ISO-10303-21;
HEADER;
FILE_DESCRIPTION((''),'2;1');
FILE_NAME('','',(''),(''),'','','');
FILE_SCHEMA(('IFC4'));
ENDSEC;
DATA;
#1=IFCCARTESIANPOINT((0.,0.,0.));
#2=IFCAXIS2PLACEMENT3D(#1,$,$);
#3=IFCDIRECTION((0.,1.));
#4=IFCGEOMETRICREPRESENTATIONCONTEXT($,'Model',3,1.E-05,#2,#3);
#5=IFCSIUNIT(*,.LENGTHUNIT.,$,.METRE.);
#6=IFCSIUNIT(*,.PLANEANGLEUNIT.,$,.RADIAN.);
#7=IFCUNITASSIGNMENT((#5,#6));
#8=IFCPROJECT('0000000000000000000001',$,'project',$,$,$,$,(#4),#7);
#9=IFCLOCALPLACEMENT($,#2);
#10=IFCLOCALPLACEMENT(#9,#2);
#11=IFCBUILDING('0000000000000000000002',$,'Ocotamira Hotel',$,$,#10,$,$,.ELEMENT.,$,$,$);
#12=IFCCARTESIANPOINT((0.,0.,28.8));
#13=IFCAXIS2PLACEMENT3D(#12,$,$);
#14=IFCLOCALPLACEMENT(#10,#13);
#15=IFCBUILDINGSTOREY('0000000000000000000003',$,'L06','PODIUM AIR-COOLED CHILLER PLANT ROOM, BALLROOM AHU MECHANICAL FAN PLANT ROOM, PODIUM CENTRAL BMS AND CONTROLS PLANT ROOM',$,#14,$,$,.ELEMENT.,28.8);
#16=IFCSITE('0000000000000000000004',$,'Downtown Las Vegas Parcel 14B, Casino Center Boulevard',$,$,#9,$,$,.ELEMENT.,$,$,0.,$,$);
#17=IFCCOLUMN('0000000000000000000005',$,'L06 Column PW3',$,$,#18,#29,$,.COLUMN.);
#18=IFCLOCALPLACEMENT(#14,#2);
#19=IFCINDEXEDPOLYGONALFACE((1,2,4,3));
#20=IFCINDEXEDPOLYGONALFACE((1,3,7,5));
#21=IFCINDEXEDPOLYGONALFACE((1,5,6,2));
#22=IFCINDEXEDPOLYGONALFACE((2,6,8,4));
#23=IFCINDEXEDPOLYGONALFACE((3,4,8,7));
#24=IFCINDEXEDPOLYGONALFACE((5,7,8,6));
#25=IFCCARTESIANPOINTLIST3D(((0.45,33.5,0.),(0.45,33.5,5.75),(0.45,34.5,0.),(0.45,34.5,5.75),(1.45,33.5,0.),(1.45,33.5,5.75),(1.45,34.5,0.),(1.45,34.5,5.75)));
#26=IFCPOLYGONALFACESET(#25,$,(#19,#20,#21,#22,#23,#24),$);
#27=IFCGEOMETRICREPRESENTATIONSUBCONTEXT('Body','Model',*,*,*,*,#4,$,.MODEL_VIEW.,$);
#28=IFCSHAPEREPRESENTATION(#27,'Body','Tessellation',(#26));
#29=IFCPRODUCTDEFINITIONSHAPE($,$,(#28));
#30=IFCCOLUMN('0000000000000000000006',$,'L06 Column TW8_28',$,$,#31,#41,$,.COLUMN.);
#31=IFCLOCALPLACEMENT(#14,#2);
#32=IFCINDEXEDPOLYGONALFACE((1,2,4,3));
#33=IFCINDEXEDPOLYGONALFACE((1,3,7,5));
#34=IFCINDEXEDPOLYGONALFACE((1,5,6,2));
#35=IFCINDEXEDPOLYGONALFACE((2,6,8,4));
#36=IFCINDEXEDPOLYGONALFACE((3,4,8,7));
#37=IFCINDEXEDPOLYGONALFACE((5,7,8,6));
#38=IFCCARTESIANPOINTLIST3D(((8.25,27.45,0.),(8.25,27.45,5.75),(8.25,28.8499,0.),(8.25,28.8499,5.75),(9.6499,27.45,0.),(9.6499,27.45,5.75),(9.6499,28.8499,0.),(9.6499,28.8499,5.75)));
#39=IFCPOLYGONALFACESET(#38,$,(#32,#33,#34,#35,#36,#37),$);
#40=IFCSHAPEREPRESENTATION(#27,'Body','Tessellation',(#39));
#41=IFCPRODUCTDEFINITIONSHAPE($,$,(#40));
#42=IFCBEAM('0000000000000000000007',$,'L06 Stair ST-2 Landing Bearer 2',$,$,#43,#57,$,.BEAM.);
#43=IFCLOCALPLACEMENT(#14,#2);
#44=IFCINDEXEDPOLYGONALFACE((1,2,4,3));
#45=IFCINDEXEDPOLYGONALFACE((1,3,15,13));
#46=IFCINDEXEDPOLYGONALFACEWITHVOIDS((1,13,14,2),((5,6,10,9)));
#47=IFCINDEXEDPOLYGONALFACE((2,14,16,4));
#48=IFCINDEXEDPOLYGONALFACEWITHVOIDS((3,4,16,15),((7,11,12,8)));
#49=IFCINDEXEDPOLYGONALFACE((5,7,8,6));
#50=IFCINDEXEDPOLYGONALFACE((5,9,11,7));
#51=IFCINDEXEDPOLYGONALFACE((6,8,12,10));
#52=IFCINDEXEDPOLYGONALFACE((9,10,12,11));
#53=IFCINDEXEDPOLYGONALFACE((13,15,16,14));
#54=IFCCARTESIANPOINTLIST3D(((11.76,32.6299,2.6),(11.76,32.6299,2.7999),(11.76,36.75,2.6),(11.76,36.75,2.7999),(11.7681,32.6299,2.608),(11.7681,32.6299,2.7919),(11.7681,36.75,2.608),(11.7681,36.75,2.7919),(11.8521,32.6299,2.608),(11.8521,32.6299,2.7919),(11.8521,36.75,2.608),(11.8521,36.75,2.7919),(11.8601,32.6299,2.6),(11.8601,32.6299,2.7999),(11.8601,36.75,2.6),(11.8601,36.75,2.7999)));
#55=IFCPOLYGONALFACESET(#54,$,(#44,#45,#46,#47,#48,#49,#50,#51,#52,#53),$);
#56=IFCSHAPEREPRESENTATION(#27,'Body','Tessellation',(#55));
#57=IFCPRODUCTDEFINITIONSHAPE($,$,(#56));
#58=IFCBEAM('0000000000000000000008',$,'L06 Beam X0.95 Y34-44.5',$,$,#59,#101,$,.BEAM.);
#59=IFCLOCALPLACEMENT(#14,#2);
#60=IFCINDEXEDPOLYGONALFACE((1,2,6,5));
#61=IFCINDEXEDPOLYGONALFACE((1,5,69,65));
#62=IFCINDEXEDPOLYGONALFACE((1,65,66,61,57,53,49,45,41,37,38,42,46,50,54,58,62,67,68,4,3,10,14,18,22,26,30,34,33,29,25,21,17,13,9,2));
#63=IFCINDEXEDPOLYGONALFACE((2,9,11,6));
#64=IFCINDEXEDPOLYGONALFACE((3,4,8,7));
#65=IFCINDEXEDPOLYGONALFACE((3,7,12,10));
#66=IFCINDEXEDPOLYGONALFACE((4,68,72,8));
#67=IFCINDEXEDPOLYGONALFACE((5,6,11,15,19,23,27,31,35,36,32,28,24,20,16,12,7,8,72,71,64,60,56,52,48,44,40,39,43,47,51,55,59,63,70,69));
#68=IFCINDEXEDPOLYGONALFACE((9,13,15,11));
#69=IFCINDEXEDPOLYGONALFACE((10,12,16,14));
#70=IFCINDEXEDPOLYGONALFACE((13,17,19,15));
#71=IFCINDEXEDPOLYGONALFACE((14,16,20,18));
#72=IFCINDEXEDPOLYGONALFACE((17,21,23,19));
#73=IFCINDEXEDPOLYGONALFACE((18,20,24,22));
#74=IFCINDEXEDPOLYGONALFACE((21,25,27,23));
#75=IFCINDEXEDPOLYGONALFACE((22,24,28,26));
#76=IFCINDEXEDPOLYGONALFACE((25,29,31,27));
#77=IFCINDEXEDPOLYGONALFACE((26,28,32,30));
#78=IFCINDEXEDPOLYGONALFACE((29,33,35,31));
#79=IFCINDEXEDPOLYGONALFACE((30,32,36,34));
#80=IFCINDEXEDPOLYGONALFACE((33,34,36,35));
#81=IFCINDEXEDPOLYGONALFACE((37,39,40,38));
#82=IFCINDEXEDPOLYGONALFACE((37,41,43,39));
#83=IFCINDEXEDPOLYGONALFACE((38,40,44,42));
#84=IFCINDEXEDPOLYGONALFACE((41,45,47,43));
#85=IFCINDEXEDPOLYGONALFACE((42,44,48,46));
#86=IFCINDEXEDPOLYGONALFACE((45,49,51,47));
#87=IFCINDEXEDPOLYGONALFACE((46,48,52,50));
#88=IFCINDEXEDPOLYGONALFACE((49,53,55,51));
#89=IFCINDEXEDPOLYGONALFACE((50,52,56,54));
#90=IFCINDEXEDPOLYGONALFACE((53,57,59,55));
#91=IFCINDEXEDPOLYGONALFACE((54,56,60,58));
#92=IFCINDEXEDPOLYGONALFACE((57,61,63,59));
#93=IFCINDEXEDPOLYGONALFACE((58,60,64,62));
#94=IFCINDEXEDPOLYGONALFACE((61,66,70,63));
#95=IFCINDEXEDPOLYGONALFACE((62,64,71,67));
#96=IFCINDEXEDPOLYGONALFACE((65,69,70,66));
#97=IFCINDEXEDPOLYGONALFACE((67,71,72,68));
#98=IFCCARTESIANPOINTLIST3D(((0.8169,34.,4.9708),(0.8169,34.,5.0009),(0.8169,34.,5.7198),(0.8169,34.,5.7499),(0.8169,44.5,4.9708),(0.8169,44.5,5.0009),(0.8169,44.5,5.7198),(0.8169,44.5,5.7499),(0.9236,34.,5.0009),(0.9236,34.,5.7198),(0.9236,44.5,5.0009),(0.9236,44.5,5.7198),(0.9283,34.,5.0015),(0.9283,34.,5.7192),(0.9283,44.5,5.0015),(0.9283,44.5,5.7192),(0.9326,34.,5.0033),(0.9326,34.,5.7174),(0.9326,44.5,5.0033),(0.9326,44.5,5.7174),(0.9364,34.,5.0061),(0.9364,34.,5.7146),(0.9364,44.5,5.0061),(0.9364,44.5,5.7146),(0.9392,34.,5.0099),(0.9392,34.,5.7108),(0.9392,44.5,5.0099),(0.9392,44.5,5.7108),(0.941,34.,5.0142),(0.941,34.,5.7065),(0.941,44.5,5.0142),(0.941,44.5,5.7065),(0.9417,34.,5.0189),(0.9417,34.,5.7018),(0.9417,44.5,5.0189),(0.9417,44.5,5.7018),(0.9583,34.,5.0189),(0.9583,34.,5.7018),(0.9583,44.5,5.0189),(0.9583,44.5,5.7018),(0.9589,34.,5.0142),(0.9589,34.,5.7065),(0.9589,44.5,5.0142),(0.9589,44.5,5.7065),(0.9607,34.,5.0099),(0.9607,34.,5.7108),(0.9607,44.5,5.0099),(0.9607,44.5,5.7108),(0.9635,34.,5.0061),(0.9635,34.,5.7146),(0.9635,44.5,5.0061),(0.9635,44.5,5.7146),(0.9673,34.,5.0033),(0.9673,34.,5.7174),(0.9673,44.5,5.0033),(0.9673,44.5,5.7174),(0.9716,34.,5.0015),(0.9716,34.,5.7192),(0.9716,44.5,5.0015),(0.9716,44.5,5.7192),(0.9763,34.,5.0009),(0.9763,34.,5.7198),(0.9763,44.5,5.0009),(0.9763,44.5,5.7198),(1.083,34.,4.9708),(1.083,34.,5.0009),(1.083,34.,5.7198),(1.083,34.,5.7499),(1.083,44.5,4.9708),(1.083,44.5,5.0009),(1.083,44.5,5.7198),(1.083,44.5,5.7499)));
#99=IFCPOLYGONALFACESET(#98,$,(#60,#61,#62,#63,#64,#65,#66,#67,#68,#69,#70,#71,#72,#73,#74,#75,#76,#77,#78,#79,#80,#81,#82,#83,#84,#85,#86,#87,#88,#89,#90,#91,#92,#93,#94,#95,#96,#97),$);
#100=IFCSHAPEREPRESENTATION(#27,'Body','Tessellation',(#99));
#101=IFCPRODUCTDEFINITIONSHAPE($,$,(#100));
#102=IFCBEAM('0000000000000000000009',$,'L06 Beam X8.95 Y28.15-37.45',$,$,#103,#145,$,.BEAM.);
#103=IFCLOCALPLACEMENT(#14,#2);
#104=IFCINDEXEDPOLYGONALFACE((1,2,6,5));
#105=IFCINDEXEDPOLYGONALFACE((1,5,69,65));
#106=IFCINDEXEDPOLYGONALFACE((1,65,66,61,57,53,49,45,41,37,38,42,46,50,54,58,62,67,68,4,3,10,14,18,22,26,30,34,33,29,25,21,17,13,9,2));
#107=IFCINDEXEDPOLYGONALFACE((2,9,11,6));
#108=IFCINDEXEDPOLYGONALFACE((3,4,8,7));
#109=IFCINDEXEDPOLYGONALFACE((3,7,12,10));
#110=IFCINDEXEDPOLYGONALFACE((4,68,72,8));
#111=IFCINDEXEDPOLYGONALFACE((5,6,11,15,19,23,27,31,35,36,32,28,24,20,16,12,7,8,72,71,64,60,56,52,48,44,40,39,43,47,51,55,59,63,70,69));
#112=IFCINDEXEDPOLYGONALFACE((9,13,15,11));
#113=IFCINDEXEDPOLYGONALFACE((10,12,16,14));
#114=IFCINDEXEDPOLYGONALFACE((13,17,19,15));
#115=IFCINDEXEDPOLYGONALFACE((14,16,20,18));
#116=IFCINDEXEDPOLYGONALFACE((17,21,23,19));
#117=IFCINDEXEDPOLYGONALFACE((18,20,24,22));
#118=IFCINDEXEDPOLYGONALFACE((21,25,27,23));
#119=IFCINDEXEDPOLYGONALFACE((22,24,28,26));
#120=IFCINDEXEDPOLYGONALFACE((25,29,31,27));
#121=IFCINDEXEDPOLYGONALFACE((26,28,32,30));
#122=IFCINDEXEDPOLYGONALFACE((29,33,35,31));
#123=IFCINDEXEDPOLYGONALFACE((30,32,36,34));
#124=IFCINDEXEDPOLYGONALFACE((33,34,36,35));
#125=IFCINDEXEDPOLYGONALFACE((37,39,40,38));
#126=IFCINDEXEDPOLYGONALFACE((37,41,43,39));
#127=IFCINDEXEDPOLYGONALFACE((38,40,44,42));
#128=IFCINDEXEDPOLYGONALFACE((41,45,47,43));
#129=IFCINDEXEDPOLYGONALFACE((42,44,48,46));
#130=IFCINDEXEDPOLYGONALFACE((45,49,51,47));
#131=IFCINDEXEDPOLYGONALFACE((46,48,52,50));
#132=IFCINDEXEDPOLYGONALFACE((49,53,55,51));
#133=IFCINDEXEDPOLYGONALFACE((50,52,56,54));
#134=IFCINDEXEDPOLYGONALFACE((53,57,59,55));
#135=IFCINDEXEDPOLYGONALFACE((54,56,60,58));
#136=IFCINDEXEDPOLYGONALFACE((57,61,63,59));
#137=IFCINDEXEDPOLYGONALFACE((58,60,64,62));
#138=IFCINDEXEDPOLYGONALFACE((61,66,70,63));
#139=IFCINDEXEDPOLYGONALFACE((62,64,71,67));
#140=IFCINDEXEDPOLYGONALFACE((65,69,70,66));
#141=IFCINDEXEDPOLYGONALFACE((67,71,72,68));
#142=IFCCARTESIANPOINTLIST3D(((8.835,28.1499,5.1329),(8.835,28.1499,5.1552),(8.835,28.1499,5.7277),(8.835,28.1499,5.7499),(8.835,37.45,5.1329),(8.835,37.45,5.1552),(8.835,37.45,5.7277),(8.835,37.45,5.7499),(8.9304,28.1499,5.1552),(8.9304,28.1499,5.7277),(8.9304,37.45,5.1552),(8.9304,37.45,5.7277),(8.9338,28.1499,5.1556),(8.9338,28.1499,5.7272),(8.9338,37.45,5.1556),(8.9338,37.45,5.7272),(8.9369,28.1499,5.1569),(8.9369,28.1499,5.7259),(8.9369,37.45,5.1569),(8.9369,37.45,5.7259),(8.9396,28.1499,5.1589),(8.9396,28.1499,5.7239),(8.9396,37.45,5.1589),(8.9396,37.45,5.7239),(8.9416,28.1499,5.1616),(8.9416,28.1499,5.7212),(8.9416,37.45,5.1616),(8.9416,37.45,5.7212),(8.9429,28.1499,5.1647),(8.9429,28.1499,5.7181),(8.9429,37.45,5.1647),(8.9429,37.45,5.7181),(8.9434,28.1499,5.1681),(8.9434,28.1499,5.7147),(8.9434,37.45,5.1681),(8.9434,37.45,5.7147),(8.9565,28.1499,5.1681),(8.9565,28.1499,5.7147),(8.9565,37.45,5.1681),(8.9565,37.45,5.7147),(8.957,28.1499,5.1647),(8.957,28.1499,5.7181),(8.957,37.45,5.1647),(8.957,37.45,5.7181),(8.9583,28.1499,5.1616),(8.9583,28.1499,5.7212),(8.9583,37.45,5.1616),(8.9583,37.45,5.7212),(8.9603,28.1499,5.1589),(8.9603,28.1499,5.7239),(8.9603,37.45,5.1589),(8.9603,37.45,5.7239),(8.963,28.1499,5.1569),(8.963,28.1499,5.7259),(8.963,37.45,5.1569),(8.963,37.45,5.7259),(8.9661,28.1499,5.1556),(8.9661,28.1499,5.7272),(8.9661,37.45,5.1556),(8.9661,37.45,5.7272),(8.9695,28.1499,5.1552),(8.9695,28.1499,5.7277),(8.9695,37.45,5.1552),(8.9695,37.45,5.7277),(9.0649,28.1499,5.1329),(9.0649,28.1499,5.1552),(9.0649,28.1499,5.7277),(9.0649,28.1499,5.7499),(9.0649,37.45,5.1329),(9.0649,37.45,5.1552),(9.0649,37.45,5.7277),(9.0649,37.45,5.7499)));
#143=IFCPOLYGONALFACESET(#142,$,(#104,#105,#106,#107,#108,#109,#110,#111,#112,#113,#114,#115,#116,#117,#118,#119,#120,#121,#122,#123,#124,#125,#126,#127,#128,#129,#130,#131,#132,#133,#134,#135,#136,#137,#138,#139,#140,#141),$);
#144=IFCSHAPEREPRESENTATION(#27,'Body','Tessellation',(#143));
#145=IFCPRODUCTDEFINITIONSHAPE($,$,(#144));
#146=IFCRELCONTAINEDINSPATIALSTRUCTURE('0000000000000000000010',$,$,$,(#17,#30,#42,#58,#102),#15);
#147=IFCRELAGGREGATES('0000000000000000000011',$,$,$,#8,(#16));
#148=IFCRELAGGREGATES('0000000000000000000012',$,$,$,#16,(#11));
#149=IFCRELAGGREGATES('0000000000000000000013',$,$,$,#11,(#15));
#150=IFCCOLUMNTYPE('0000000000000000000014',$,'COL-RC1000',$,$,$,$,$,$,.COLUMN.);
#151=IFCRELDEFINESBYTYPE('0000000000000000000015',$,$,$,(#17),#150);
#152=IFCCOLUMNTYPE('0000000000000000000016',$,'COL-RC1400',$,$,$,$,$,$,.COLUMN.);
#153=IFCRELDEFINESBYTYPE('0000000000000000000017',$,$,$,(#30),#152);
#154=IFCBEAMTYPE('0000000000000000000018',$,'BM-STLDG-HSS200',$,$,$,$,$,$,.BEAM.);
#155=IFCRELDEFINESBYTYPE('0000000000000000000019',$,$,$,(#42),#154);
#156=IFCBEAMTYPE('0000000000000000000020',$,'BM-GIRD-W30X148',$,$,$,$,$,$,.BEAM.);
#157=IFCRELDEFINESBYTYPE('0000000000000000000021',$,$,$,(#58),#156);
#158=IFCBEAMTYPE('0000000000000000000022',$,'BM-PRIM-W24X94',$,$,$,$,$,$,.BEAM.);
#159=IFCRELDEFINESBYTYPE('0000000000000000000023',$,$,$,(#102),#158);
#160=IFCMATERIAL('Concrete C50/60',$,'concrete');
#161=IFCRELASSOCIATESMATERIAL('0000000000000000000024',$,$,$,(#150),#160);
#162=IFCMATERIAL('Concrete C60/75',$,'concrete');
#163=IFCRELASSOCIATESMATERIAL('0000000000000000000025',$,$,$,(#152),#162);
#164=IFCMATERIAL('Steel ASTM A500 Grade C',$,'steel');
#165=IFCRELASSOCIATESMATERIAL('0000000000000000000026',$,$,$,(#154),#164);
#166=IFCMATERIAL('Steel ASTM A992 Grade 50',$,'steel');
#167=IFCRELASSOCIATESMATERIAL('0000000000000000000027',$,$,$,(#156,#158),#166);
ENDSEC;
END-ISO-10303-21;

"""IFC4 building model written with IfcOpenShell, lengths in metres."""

from ifc_helpers import new_model, si_unit, direction, frame, origin, origin_2d, place, context, subcontext, project, spatial, rectangle, hollow_rectangle, i_section, extrude, source, transform, mapped, material, material_profile, profile_set, type_object, element, save


model = new_model("IFC4")

# Units and contexts
model_context = context("Model", 3, precision=1e-05, world=origin(), true_north=direction((0.0, 1.0)))
body_context = subcontext(model_context, "Body", "Model", "MODEL_VIEW")
ifc_project = project(units=[si_unit("LENGTHUNIT", "METRE"), si_unit("PLANEANGLEUNIT", "RADIAN")], contexts=[model_context])

# Site, building, storey
site_placement = place(None, origin())
site = spatial("IfcSite", under=ifc_project, at=site_placement, Name="Downtown Las Vegas Parcel 14B, Casino Center Boulevard", CompositionType="ELEMENT", RefElevation=0.0)
building_placement = place(site_placement, origin())
building = spatial("IfcBuilding", under=site, at=building_placement, Name="Ocotamira Hotel", CompositionType="ELEMENT")
storey_placement = place(building_placement, frame((0.0, 0.0, 28.8)))
storey = spatial("IfcBuildingStorey", under=building, at=storey_placement, Name="L06", Description="PODIUM AIR-COOLED CHILLER PLANT ROOM, BALLROOM AHU MECHANICAL FAN PLANT ROOM, PODIUM CENTRAL BMS AND CONTROLS PLANT ROOM", CompositionType="ELEMENT", Elevation=28.8)

# Columns
ifc_material_1 = material(Name="Concrete C50/60", Category="concrete")
ifc_material_profile_1 = material_profile(ifc_material_1, rectangle(XDim=1.0, YDim=1.0, at=origin_2d()), Name="RC1000X1000")
ifc_profile_set_1 = profile_set([ifc_material_profile_1], Name="Concrete C50/60")
column_type_1 = type_object("IfcColumnType", Name="COL-RC1000", PredefinedType="COLUMN", material=ifc_profile_set_1)
shared_shape_1 = source(origin(), body_context, "Body", "SweptSolid", [
    extrude(rectangle(XDim=1.0, YDim=1.0, at=origin_2d()), origin(), (0.0, 0.0, 1.0), 5.75),
])
column_1_placement = place(storey_placement, frame((0.95, 34.0, 0.0), z_axis=(0.0, 0.0, 1.0), x_axis=(1.0, 0.0, 0.0)))
element("IfcColumn", 1, at=column_1_placement, inside=storey, type_object=column_type_1, Name="L06 Column PW3", PredefinedType="COLUMN", context=body_context, shape_type="MappedRepresentation", body=[
    mapped(shared_shape_1, transform((0.0, 0.0, 0.0), scale=1.0)),
])
ifc_material_2 = material(Name="Concrete C60/75", Category="concrete")
ifc_material_profile_2 = material_profile(ifc_material_2, rectangle(XDim=1.3999, YDim=1.3999, at=origin_2d()), Name="RC1400X1400")
ifc_profile_set_2 = profile_set([ifc_material_profile_2], Name="Concrete C60/75")
column_type_2 = type_object("IfcColumnType", Name="COL-RC1400", PredefinedType="COLUMN", material=ifc_profile_set_2)
shared_shape_2 = source(origin(), body_context, "Body", "SweptSolid", [
    extrude(rectangle(XDim=1.3999, YDim=1.3999, at=origin_2d()), origin(), (0.0, 0.0, 1.0), 5.75),
])
column_2_placement = place(storey_placement, frame((8.95, 28.1499, 0.0), z_axis=(0.0, 0.0, 1.0), x_axis=(1.0, 0.0, 0.0)))
element("IfcColumn", 2, at=column_2_placement, inside=storey, type_object=column_type_2, Name="L06 Column TW8_28", PredefinedType="COLUMN", context=body_context, shape_type="MappedRepresentation", body=[
    mapped(shared_shape_2, transform((0.0, 0.0, 0.0), scale=1.0)),
])

# Beams
ifc_material_3 = material(Name="Steel ASTM A500 Grade C", Category="steel")
ifc_material_profile_3 = material_profile(ifc_material_3, hollow_rectangle(XDim=0.1001, YDim=0.2, WallThickness=0.0081, at=origin_2d()), Name="HSS200X100X8")
ifc_profile_set_3 = profile_set([ifc_material_profile_3], Name="Steel ASTM A500 Grade C")
beam_type_1 = type_object("IfcBeamType", Name="BM-STLDG-HSS200", PredefinedType="BEAM", material=ifc_profile_set_3)
shared_shape_3 = source(origin(), body_context, "Body", "SweptSolid", [
    extrude(hollow_rectangle(XDim=0.1001, YDim=0.2, WallThickness=0.0081, at=origin_2d()), origin(), (0.0, 0.0, 1.0), 4.1201),
])
beam_1_placement = place(storey_placement, frame((11.8101, 32.6299, 2.7), z_axis=(0.0, 1.0, 0.0), x_axis=(-1.0, 0.0, 0.0)))
element("IfcBeam", 3, at=beam_1_placement, inside=storey, type_object=beam_type_1, Name="L06 Stair ST-2 Landing Bearer 2", PredefinedType="BEAM", context=body_context, shape_type="MappedRepresentation", body=[
    mapped(shared_shape_3, transform((0.0, 0.0, 0.0), scale=1.0)),
])
ifc_material_4 = material(Name="Steel ASTM A992 Grade 50", Category="steel")
ifc_material_profile_4 = material_profile(ifc_material_4, i_section(OverallWidth=0.2661, OverallDepth=0.7791, WebThickness=0.0166, FlangeThickness=0.03, FilletRadius=0.0181, at=origin_2d()), Name="W30X148")
ifc_profile_set_4 = profile_set([ifc_material_profile_4], Name="Steel ASTM A992 Grade 50")
beam_type_2 = type_object("IfcBeamType", Name="BM-GIRD-W30X148", PredefinedType="BEAM", material=ifc_profile_set_4)
shared_shape_4 = source(origin(), body_context, "Body", "SweptSolid", [
    extrude(i_section(OverallWidth=0.2661, OverallDepth=0.7791, WebThickness=0.0166, FlangeThickness=0.03, FilletRadius=0.0181, at=origin_2d()), origin(), (0.0, 0.0, 1.0), 10.5),
])
beam_2_placement = place(storey_placement, frame((0.95, 34.0, 5.3604), z_axis=(0.0, 1.0, 0.0), x_axis=(-1.0, 0.0, 0.0)))
element("IfcBeam", 4, at=beam_2_placement, inside=storey, type_object=beam_type_2, Name="L06 Beam X0.95 Y34-44.5", PredefinedType="BEAM", context=body_context, shape_type="MappedRepresentation", body=[
    mapped(shared_shape_4, transform((0.0, 0.0, 0.0), scale=1.0)),
])
ifc_material_profile_5 = material_profile(ifc_material_4, i_section(OverallWidth=0.23, OverallDepth=0.6169, WebThickness=0.0132, FlangeThickness=0.0222, FilletRadius=0.0129, at=origin_2d()), Name="W24X94")
ifc_profile_set_5 = profile_set([ifc_material_profile_5], Name="Steel ASTM A992 Grade 50")
beam_type_3 = type_object("IfcBeamType", Name="BM-PRIM-W24X94", PredefinedType="BEAM", material=ifc_profile_set_5)
shared_shape_5 = source(origin(), body_context, "Body", "SweptSolid", [
    extrude(i_section(OverallWidth=0.23, OverallDepth=0.6169, WebThickness=0.0132, FlangeThickness=0.0222, FilletRadius=0.0129, at=origin_2d()), origin(), (0.0, 0.0, 1.0), 9.3),
])
beam_3_placement = place(storey_placement, frame((8.95, 28.1499, 5.4414), z_axis=(0.0, 1.0, 0.0), x_axis=(-1.0, 0.0, 0.0)))
element("IfcBeam", 5, at=beam_3_placement, inside=storey, type_object=beam_type_3, Name="L06 Beam X8.95 Y28.15-37.45", PredefinedType="BEAM", context=body_context, shape_type="MappedRepresentation", body=[
    mapped(shared_shape_5, transform((0.0, 0.0, 0.0), scale=1.0)),
])

save(model, "model.ifc")
